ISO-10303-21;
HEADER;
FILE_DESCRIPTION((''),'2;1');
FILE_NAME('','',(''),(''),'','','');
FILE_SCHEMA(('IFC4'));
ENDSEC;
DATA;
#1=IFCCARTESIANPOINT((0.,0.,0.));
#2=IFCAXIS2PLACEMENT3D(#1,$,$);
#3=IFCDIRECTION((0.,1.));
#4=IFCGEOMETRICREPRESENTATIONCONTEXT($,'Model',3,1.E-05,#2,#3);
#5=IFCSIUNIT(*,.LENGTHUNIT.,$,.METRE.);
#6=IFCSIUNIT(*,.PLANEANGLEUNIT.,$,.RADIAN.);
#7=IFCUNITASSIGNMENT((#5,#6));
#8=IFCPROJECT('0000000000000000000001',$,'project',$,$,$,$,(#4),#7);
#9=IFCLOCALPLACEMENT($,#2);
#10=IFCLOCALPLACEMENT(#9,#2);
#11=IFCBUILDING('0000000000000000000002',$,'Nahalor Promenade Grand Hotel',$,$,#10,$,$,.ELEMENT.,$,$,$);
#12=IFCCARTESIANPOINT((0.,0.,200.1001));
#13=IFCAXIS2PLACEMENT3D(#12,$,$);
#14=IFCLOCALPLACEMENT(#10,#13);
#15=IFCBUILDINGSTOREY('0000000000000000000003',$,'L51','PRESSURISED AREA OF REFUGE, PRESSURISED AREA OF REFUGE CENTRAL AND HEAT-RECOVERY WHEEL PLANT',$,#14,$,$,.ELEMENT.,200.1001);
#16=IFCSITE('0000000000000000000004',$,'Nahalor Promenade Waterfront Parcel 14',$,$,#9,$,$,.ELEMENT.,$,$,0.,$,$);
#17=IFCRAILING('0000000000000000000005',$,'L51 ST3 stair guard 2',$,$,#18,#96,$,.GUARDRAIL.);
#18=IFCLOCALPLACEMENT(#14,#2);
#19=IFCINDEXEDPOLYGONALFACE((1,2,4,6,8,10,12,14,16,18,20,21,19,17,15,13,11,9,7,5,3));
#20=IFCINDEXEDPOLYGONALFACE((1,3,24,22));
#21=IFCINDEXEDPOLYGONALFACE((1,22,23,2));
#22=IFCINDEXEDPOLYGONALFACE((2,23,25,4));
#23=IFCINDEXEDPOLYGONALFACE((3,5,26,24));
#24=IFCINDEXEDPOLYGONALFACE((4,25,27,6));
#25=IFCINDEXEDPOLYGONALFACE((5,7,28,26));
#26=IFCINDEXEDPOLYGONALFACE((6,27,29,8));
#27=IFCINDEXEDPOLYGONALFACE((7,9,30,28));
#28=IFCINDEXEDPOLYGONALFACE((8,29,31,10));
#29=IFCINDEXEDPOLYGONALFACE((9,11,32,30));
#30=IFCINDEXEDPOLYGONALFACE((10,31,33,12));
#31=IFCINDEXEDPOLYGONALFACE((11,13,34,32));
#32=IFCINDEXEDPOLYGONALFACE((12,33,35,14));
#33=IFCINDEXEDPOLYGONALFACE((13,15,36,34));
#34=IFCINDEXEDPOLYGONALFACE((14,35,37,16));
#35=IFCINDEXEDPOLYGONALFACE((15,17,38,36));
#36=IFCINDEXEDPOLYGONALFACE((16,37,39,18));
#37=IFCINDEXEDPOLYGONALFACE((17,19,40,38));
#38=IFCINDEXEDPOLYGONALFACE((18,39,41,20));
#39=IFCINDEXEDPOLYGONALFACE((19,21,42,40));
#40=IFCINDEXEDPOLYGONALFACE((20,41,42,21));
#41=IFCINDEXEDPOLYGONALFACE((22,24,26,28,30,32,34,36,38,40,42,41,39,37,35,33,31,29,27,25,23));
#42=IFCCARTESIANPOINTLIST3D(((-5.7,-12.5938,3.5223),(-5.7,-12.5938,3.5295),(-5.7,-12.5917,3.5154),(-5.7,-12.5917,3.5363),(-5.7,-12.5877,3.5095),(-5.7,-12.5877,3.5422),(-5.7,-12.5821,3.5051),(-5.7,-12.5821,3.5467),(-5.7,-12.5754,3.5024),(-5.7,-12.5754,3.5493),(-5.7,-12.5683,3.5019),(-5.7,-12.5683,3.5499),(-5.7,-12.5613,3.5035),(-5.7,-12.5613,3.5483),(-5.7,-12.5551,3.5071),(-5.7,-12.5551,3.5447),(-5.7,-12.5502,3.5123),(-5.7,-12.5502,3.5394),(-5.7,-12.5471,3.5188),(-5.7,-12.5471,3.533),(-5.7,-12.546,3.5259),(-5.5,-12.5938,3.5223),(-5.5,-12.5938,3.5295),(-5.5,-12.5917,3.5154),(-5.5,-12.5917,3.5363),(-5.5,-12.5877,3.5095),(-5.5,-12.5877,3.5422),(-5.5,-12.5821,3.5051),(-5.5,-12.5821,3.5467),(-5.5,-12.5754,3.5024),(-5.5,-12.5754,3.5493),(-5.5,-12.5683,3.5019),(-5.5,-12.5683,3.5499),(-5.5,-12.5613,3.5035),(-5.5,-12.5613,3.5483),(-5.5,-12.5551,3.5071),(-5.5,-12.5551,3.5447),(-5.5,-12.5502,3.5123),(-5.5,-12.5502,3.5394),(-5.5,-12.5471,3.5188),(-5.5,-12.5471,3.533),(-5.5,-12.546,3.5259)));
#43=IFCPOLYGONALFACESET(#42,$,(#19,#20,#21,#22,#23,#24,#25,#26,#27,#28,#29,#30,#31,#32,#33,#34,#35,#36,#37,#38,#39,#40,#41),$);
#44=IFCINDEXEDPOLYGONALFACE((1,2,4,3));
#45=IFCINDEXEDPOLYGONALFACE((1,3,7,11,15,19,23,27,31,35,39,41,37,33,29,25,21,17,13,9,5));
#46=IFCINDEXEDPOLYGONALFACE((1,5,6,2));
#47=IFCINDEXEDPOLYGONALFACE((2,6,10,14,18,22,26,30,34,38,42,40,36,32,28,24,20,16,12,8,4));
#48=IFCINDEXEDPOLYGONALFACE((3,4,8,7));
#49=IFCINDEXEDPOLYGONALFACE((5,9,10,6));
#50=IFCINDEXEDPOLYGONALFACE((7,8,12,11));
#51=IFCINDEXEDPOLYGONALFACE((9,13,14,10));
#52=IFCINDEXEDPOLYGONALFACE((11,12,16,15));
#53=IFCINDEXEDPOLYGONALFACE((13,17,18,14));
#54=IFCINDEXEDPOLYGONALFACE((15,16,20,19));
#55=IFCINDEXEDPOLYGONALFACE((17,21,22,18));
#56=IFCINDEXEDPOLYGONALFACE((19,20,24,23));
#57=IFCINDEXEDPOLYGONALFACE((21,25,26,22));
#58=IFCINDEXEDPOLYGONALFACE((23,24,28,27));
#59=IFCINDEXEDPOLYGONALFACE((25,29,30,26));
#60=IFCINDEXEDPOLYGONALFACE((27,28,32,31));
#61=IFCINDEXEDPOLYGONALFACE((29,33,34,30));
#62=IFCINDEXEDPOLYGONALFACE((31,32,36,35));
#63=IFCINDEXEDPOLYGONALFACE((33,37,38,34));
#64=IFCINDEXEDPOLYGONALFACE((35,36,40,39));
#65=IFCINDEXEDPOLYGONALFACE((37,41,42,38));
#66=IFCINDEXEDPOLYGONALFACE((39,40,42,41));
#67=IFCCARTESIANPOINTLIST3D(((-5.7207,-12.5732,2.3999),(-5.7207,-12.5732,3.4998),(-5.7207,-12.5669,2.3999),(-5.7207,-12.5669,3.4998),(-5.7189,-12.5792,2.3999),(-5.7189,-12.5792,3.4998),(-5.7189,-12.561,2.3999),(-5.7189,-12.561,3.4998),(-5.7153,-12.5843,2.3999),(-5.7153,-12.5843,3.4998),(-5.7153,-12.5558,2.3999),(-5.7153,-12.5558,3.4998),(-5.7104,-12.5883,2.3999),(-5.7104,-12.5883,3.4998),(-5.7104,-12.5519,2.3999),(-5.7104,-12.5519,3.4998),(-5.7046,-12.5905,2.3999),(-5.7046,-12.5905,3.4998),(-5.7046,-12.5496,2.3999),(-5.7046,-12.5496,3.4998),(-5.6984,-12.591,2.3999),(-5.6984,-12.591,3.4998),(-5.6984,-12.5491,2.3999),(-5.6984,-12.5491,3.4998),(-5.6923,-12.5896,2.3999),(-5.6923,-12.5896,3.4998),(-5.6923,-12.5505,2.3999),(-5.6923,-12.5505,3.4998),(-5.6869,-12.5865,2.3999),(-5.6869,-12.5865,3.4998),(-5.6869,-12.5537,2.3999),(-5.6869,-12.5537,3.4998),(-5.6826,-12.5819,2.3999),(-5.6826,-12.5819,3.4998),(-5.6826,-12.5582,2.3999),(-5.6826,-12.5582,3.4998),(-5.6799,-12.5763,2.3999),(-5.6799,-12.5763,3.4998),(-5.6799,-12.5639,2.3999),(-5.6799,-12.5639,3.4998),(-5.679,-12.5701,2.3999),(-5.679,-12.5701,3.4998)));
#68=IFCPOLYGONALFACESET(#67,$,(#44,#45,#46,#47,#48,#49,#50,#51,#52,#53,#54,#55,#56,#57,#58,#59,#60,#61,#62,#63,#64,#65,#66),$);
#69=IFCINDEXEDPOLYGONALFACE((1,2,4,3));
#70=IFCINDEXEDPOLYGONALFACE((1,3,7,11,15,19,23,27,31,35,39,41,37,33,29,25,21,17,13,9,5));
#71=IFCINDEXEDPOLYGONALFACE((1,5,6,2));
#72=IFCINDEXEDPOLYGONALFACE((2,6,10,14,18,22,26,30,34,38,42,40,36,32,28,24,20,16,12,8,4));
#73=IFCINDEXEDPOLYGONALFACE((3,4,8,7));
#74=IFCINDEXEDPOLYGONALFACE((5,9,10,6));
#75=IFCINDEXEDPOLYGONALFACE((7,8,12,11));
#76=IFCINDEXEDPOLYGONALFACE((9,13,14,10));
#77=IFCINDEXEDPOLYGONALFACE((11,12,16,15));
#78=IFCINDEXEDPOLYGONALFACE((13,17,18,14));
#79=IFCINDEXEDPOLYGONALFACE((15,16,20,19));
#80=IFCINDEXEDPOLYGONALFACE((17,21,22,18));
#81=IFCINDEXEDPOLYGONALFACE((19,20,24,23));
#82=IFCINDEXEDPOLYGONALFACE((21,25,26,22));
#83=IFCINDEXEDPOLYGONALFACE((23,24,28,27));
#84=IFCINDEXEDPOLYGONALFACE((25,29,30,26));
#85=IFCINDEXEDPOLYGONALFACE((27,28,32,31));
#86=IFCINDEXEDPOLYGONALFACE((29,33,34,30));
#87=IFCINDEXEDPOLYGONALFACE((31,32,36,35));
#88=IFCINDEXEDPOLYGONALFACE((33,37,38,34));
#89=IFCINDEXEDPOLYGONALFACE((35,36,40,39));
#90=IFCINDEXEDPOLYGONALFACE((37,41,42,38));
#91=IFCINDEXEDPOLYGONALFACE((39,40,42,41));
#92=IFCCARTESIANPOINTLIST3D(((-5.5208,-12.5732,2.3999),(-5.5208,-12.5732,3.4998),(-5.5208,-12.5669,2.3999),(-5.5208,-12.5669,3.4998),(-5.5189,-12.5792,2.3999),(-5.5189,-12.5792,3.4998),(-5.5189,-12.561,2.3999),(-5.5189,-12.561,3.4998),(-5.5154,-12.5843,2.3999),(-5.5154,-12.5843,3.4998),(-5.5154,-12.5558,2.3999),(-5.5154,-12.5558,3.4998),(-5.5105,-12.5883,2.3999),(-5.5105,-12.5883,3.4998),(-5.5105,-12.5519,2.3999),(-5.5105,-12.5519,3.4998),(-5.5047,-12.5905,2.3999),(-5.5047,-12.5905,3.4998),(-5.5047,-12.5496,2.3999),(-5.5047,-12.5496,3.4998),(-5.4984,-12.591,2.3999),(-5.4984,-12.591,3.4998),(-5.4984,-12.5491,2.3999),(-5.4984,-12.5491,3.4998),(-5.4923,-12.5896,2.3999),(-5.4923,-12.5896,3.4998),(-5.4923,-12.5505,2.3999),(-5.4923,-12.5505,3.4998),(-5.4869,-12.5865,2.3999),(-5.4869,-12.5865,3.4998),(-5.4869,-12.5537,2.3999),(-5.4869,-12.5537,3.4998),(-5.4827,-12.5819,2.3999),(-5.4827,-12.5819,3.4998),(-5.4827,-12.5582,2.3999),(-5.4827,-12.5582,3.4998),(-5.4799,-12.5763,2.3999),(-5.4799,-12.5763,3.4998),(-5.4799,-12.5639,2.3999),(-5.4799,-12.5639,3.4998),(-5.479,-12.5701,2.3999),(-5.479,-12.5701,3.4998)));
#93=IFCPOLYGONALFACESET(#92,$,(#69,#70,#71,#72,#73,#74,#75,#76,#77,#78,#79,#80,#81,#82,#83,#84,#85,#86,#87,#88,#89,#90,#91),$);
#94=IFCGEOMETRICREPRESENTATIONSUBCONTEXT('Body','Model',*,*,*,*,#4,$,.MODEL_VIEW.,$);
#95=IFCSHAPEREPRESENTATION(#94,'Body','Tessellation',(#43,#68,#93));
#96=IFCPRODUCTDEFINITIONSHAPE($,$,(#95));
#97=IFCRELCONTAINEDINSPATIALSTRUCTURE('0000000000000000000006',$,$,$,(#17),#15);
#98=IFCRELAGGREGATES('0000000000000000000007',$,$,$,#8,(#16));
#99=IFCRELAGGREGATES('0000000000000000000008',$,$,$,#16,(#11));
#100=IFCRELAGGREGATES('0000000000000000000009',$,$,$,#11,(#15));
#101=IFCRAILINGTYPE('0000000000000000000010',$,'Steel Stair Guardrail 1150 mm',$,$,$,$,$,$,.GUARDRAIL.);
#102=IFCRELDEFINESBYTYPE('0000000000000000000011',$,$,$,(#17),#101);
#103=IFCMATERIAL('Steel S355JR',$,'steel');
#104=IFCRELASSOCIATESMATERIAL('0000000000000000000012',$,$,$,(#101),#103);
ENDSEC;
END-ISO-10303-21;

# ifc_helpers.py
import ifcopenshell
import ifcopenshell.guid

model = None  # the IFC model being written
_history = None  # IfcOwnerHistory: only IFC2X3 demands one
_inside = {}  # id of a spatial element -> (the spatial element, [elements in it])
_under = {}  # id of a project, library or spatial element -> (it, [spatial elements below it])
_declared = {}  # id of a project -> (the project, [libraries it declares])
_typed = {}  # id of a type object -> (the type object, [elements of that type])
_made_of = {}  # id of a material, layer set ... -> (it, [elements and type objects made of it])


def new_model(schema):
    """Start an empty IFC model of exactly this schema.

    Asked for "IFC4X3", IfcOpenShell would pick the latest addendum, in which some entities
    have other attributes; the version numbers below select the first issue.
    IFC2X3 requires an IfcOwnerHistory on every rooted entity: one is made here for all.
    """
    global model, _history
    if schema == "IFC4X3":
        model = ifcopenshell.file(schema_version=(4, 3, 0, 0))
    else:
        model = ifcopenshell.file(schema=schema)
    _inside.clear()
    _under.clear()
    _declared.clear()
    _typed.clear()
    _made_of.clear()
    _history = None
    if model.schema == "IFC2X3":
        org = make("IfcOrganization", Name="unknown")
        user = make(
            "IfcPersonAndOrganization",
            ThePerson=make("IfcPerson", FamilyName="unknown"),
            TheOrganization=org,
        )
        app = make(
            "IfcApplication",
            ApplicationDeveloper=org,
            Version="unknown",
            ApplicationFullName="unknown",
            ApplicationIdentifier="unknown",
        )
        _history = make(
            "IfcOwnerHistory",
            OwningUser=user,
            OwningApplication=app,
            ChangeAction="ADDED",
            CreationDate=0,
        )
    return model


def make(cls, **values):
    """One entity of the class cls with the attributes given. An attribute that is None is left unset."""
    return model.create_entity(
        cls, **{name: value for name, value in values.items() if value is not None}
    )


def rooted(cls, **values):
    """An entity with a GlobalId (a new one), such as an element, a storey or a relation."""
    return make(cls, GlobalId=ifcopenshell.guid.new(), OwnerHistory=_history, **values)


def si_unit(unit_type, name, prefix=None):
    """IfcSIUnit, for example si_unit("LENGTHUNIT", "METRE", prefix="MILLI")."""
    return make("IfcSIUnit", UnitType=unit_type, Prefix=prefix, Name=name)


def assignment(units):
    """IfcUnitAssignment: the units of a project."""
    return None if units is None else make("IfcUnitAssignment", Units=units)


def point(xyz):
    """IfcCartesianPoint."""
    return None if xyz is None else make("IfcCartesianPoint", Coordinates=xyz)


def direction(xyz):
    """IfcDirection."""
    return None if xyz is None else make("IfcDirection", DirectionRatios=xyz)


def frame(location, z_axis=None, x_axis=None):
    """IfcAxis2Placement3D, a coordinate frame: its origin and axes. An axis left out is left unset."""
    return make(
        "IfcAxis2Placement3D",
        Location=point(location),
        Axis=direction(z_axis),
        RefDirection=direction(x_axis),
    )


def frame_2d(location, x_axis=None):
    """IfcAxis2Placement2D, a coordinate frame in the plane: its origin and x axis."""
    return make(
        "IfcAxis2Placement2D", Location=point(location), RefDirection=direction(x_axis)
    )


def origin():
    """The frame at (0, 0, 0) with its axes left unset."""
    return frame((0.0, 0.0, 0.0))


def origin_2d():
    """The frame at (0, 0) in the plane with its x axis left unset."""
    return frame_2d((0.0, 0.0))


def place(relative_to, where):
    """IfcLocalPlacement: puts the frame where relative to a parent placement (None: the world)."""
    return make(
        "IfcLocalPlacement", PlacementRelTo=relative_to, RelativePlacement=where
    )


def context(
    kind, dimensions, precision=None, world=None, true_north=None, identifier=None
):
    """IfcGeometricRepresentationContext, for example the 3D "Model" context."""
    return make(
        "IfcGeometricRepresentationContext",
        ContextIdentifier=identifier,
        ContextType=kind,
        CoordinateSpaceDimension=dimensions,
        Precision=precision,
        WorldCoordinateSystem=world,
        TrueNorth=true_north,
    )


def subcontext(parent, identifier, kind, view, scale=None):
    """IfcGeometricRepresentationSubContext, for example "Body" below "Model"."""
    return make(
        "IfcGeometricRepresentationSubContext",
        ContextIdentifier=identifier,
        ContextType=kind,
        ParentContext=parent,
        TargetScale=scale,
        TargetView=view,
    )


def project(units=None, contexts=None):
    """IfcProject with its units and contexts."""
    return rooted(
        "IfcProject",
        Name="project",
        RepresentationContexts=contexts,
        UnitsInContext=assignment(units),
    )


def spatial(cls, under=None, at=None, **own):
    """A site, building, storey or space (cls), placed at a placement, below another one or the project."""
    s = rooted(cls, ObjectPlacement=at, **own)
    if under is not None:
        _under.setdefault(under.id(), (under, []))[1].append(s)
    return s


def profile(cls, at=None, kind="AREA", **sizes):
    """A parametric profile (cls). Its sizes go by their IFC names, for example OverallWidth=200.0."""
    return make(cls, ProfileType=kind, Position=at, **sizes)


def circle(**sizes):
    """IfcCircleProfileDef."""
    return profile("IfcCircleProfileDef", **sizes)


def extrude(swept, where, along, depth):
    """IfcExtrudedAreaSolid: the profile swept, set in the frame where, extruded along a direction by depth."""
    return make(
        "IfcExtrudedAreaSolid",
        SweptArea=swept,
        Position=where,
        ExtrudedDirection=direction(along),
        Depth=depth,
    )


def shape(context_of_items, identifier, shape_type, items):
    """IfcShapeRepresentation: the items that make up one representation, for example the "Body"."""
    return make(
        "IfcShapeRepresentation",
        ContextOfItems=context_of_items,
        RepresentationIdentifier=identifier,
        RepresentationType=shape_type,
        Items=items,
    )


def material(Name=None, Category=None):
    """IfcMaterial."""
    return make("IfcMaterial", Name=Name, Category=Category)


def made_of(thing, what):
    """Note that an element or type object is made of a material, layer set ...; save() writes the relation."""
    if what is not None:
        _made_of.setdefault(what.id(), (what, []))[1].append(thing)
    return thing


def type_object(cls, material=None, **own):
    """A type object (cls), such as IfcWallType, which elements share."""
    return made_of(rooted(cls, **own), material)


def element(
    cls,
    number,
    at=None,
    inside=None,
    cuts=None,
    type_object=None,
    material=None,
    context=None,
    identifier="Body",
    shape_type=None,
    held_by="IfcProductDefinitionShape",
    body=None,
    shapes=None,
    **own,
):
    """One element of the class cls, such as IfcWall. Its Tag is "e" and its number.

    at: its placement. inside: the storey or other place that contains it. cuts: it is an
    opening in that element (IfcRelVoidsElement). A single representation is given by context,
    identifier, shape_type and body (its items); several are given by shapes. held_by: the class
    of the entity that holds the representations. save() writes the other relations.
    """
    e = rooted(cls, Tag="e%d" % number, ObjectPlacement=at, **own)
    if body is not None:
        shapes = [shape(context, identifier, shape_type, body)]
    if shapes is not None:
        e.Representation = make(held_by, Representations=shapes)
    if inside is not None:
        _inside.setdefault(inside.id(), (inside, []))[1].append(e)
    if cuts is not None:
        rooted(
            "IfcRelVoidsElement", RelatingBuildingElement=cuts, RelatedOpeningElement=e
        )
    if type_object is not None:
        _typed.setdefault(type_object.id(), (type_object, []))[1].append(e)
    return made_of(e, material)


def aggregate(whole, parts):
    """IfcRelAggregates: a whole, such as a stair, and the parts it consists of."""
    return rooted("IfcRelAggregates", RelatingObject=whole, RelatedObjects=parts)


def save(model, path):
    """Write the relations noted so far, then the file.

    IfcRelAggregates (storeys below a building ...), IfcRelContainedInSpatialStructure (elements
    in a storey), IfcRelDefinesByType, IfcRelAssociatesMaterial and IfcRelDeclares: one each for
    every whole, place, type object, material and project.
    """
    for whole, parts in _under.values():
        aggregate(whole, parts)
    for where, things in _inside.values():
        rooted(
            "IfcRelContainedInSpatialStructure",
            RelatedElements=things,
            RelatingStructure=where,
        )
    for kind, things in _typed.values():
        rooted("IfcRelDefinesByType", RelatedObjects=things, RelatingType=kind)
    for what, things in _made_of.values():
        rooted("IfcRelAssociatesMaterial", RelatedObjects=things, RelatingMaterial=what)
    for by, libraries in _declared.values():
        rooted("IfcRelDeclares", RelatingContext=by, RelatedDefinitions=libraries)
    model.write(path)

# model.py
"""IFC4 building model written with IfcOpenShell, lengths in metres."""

from ifc_helpers import new_model, si_unit, direction, frame, origin, origin_2d, place, context, subcontext, project, spatial, circle, extrude, material, type_object, element, save


model = new_model("IFC4")

# Units and contexts
model_context = context("Model", 3, precision=1e-05, world=origin(), true_north=direction((0.0, 1.0)))
body_context = subcontext(model_context, "Body", "Model", "MODEL_VIEW")
ifc_project = project(units=[si_unit("LENGTHUNIT", "METRE"), si_unit("PLANEANGLEUNIT", "RADIAN")], contexts=[model_context])

# Site, building, storey
site_placement = place(None, origin())
site = spatial("IfcSite", under=ifc_project, at=site_placement, Name="Nahalor Promenade Waterfront Parcel 14", CompositionType="ELEMENT", RefElevation=0.0)
building_placement = place(site_placement, origin())
building = spatial("IfcBuilding", under=site, at=building_placement, Name="Nahalor Promenade Grand Hotel", CompositionType="ELEMENT")
storey_placement = place(building_placement, frame((0.0, 0.0, 200.1001)))
storey = spatial("IfcBuildingStorey", under=building, at=storey_placement, Name="L51", Description="PRESSURISED AREA OF REFUGE, PRESSURISED AREA OF REFUGE CENTRAL AND HEAT-RECOVERY WHEEL PLANT", CompositionType="ELEMENT", Elevation=200.1001)

# Shared definitions
ifc_material_1 = material(Name="Steel S355JR", Category="steel")

# Railing
railing_type_1 = type_object("IfcRailingType", Name="Steel Stair Guardrail 1150 mm", PredefinedType="GUARDRAIL", material=ifc_material_1)
railing_1_placement = place(storey_placement, frame((-5.7, -12.5701, 2.3999)))
element("IfcRailing", 1, at=railing_1_placement, inside=storey, type_object=railing_type_1, Name="L51 ST3 stair guard 2", PredefinedType="GUARDRAIL", context=body_context, shape_type="SweptSolid", body=[
    extrude(circle(Radius=0.024, at=origin_2d()), frame((0.0, 0.0, 1.126), z_axis=(1.0, 0.0, 0.0), x_axis=(0.0, 1.0, 0.0)), (0.0, 0.0, 1.0), 0.2),
    extrude(circle(Radius=0.021, at=origin_2d()), origin(), (0.0, 0.0, 1.0), 1.0999),
    extrude(circle(Radius=0.021, at=origin_2d()), frame((0.2, 0.0, 0.0)), (0.0, 0.0, 1.0), 1.0999),
])

save(model, "model.ifc")
